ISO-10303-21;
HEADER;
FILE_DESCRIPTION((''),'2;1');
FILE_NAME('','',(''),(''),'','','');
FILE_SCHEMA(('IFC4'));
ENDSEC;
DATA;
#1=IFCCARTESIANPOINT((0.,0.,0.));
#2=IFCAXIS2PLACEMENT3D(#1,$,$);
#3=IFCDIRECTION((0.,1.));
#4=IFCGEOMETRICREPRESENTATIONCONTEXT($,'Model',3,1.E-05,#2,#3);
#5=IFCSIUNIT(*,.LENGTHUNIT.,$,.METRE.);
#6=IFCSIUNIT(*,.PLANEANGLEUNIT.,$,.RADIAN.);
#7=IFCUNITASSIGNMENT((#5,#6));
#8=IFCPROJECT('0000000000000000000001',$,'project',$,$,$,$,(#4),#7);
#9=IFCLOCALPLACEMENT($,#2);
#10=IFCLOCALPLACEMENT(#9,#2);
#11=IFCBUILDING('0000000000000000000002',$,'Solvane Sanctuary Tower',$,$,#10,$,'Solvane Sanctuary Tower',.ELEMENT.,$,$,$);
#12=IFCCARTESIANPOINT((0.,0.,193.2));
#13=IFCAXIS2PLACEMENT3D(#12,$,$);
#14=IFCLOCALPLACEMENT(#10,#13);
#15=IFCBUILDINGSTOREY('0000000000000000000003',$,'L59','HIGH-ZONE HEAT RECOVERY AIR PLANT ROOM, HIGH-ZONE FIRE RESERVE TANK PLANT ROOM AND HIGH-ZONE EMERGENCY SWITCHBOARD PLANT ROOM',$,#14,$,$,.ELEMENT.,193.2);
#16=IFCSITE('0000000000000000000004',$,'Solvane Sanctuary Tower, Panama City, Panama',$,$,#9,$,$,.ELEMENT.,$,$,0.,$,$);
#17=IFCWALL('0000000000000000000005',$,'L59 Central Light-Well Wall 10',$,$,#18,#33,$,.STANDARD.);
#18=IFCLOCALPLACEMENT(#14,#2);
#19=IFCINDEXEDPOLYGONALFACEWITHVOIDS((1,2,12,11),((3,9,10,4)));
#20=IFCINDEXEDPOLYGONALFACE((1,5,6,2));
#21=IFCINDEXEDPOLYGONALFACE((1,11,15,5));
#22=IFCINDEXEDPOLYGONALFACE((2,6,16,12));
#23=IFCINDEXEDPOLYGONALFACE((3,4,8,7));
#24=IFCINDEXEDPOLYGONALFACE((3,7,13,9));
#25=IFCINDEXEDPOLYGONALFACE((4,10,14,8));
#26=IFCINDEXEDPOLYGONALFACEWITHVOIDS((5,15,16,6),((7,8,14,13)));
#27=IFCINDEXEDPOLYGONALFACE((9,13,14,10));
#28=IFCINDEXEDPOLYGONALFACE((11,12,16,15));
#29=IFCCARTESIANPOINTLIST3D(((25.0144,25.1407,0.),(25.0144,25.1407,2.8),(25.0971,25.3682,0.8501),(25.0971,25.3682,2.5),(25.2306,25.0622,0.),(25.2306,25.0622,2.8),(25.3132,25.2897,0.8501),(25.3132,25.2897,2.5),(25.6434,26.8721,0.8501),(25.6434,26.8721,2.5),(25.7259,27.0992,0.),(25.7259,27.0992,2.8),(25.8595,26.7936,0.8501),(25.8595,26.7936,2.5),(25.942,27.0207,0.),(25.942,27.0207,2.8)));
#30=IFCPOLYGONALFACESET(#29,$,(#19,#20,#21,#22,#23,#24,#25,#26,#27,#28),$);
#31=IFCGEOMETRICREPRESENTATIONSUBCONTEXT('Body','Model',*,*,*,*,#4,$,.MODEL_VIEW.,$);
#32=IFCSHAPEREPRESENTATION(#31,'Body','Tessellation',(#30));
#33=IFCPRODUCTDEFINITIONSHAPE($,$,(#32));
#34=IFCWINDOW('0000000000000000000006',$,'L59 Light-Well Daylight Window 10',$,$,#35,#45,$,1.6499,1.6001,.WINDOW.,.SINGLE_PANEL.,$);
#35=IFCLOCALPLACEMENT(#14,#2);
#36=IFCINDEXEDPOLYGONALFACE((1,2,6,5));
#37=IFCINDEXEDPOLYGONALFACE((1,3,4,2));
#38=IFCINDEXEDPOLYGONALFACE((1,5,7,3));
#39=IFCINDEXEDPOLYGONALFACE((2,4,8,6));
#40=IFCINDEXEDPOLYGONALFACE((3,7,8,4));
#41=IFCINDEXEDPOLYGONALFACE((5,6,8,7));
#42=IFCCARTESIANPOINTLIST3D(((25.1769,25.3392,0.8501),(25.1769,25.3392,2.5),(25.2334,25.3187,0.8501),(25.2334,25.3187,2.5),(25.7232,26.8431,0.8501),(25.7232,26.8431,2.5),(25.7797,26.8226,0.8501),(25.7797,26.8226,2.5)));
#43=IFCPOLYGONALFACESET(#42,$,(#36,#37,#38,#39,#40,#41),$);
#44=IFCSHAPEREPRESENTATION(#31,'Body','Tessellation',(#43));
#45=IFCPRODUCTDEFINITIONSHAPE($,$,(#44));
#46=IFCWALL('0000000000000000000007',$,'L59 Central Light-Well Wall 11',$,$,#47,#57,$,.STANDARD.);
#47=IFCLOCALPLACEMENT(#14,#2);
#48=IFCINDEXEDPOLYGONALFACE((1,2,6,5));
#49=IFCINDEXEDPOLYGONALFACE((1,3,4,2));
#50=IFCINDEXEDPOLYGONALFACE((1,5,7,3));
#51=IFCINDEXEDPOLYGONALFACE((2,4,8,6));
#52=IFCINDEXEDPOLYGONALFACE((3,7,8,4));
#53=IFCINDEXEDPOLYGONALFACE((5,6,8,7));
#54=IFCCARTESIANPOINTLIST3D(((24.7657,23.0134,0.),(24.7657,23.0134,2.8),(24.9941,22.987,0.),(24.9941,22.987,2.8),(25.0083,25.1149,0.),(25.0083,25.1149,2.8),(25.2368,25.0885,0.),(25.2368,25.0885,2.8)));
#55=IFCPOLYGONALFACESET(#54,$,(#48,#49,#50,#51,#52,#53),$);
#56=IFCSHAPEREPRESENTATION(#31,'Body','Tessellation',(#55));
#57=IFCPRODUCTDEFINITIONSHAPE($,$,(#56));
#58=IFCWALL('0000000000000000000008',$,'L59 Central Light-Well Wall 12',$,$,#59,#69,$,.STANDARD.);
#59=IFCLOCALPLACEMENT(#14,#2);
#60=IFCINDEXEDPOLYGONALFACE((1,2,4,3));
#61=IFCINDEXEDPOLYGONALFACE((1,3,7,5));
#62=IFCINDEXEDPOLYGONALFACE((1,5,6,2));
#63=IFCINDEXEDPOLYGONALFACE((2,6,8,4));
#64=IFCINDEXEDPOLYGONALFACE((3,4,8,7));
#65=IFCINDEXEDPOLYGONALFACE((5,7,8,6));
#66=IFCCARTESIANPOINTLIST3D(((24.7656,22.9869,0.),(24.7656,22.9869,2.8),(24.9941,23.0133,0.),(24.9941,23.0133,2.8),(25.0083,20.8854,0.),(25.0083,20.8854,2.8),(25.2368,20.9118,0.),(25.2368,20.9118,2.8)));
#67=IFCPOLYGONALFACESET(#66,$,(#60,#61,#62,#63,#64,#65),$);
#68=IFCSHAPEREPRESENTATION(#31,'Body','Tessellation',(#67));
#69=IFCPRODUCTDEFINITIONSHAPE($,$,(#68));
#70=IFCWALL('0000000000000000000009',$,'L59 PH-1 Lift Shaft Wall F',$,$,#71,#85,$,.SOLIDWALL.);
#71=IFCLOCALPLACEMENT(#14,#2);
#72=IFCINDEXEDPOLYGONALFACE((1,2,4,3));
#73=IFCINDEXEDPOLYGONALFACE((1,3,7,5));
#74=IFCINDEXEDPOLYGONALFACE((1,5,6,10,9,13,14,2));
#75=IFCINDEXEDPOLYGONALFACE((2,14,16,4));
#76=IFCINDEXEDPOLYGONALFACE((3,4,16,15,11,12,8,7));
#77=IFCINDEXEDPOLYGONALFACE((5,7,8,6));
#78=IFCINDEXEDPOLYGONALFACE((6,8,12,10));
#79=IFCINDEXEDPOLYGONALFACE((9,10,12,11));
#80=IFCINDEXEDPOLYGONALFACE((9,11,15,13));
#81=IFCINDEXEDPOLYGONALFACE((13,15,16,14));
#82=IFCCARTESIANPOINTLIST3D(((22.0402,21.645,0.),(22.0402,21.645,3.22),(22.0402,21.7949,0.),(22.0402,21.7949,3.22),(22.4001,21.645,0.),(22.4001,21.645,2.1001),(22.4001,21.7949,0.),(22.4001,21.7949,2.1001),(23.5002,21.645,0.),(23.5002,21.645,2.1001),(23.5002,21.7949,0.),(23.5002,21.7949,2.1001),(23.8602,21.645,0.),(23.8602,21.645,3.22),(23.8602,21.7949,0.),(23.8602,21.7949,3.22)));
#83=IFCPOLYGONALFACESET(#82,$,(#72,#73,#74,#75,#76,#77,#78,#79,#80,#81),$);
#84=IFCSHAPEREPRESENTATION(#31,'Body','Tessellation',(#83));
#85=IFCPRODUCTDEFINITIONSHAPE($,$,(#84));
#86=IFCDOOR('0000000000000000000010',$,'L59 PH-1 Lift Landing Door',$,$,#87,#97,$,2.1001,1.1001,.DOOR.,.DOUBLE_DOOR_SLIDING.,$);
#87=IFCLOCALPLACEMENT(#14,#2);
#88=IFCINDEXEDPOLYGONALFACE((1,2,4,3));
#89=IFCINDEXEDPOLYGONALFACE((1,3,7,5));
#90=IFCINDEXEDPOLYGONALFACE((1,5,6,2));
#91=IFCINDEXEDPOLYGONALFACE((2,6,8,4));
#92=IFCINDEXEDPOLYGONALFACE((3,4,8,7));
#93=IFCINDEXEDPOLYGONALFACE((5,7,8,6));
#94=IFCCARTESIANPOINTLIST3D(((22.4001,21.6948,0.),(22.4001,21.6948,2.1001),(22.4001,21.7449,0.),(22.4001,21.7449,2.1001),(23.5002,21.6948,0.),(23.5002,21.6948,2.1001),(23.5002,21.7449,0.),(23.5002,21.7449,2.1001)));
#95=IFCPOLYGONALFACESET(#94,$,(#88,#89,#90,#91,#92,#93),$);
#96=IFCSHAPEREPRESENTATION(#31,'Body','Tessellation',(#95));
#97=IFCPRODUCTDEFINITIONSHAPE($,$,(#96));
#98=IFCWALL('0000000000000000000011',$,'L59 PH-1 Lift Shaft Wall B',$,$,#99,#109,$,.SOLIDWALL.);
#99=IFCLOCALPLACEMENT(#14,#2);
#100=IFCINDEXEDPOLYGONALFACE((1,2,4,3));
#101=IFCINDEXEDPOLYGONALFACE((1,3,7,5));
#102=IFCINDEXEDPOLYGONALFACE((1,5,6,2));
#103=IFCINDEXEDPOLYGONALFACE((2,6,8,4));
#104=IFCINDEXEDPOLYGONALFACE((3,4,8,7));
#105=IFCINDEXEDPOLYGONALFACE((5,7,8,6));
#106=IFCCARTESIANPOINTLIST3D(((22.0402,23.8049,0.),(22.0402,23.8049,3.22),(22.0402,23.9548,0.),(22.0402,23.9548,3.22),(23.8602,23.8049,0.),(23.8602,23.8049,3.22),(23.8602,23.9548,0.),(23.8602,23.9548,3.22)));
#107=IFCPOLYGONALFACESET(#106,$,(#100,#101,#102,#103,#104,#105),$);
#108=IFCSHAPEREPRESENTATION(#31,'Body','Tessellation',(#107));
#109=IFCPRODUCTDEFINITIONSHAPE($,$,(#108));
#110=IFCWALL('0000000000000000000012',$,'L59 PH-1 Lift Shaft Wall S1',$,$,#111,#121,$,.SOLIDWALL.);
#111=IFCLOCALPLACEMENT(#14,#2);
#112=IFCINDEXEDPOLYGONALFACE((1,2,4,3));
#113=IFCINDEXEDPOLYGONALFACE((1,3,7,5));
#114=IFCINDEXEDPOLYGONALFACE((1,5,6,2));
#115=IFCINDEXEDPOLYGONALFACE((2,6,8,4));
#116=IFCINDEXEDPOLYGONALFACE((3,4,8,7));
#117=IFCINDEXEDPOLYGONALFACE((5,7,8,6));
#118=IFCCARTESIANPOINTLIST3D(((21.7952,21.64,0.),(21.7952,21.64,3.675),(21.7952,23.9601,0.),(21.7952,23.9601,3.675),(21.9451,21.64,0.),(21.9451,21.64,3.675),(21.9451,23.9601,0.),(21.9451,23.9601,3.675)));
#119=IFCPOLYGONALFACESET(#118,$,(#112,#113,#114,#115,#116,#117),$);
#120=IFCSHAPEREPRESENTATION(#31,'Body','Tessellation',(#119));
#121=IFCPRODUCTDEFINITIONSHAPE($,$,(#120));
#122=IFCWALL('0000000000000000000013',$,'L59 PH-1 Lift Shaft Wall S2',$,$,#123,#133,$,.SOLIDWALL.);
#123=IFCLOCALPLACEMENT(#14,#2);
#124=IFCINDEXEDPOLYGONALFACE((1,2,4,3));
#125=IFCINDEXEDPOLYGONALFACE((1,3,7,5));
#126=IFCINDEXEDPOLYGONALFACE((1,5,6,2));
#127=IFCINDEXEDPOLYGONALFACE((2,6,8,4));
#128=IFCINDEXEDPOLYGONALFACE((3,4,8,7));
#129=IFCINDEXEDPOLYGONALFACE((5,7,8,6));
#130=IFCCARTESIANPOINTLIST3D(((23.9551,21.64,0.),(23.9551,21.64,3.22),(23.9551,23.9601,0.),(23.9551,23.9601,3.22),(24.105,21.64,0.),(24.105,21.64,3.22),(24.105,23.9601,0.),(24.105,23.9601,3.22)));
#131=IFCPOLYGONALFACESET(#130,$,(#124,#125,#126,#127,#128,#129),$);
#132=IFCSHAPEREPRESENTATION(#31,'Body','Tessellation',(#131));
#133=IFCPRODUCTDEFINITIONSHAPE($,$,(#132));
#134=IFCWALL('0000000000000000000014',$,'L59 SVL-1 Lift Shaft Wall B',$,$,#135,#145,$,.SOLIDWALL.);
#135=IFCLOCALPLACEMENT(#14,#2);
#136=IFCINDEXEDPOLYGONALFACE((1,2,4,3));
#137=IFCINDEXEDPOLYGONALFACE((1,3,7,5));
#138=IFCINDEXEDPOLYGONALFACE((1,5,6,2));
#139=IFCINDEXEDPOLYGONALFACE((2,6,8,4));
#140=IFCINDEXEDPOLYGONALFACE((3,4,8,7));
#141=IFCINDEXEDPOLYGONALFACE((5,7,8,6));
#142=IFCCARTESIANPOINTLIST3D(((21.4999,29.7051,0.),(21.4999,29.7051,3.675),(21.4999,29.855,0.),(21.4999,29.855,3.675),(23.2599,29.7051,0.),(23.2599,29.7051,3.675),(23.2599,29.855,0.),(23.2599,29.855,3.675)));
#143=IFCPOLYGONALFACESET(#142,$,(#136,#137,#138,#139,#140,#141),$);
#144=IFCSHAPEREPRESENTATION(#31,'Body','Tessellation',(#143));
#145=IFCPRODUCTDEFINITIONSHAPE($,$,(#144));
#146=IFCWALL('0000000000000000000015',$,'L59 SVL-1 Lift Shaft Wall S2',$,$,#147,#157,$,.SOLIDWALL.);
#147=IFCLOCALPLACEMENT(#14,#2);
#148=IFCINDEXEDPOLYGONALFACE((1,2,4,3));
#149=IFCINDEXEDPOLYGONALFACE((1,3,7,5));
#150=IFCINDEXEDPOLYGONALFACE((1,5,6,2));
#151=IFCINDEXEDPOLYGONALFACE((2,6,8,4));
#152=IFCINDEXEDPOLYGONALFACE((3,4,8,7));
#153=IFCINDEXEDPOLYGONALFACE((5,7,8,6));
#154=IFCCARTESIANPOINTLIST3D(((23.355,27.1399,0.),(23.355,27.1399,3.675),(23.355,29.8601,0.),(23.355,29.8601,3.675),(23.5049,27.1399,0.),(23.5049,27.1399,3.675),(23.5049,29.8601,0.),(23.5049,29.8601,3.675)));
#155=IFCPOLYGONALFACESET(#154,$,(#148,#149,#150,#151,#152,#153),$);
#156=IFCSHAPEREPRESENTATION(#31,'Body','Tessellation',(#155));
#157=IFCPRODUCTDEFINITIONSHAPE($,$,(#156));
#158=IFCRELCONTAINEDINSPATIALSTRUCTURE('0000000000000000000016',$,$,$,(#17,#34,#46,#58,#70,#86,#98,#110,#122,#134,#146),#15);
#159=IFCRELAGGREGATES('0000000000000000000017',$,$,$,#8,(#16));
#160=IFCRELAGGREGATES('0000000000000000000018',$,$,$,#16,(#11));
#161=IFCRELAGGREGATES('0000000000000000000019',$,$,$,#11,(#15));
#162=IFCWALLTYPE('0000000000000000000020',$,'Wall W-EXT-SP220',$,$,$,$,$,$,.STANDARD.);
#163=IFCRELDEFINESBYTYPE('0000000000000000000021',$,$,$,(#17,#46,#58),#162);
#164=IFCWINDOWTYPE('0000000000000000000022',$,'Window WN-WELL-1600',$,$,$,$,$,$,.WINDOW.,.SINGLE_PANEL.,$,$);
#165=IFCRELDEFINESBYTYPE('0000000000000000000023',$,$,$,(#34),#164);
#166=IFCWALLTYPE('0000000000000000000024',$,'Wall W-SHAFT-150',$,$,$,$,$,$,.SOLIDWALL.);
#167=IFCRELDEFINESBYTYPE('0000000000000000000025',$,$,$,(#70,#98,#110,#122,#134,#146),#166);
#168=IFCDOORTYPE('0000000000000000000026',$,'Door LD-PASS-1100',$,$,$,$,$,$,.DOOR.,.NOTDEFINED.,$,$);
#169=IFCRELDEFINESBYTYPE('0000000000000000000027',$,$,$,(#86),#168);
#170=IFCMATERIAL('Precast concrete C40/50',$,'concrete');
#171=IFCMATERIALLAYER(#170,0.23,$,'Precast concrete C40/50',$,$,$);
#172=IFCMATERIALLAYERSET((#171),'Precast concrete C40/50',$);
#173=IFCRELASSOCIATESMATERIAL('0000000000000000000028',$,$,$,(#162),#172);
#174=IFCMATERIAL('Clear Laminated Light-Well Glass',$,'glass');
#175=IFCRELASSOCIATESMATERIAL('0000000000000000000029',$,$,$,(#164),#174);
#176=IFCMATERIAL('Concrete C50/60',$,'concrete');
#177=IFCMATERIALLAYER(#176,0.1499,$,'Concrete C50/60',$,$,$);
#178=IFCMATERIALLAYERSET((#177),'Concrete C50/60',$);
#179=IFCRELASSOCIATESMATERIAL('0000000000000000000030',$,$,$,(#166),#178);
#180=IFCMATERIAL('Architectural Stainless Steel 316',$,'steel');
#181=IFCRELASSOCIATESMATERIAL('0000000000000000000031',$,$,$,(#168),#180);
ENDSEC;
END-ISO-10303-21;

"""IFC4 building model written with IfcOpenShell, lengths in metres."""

from ifc_helpers import new_model, si_unit, direction, frame, frame_2d, origin, place, context, subcontext, project, spatial, rectangle, extrude, material, layer, layer_set, type_object, element, fill, save


model = new_model("IFC4")

# Units and contexts
model_context = context("Model", 3, precision=1e-05, world=origin(), true_north=direction((0.0, 1.0)))
body_context = subcontext(model_context, "Body", "Model", "MODEL_VIEW")
ifc_project = project(units=[si_unit("LENGTHUNIT", "METRE"), si_unit("PLANEANGLEUNIT", "RADIAN")], contexts=[model_context])

# Site, building, storey
site_placement = place(None, origin())
site = spatial("IfcSite", under=ifc_project, at=site_placement, Name="Solvane Sanctuary Tower, Panama City, Panama", CompositionType="ELEMENT", RefElevation=0.0)
building_placement = place(site_placement, origin())
building = spatial("IfcBuilding", under=site, at=building_placement, Name="Solvane Sanctuary Tower", LongName="Solvane Sanctuary Tower", CompositionType="ELEMENT")
storey_placement = place(building_placement, frame((0.0, 0.0, 193.2)))
storey = spatial("IfcBuildingStorey", under=building, at=storey_placement, Name="L59", Description="HIGH-ZONE HEAT RECOVERY AIR PLANT ROOM, HIGH-ZONE FIRE RESERVE TANK PLANT ROOM AND HIGH-ZONE EMERGENCY SWITCHBOARD PLANT ROOM", CompositionType="ELEMENT", Elevation=193.2)

# Shared definitions
ifc_material_1 = material(Name="Concrete C50/60", Category="concrete")

# Shared definitions
ifc_material_2 = material(Name="Architectural Stainless Steel 316", Category="steel")

# Shared definitions
ifc_material_3 = material(Name="Precast concrete C40/50", Category="concrete")
ifc_layer_1 = layer(ifc_material_3, 0.23, Name="Precast concrete C40/50")
ifc_layer_set_1 = layer_set([ifc_layer_1], Name="Precast concrete C40/50")
wall_type_1 = type_object("IfcWallType", Name="Wall W-EXT-SP220", PredefinedType="STANDARD", material=ifc_layer_set_1)

# Wall, opening, window
wall_1_placement = place(storey_placement, frame((25.834, 27.0601, 0.0), z_axis=(0.0, 0.0, 1.0), x_axis=(-0.341423, -0.93991, 0.0)))
wall_1 = element("IfcWall", 1, at=wall_1_placement, inside=storey, type_object=wall_type_1, Name="L59 Central Light-Well Wall 10", PredefinedType="STANDARD", context=body_context, shape_type="SweptSolid", body=[
    extrude(rectangle(XDim=2.0837, YDim=0.23, at=frame_2d((1.042, 0.0))), origin(), (0.0, 0.0, 1.0), 2.8),
])
opening_1_placement = place(wall_1_placement, frame((0.2417, 0.0, 0.8501)))
opening_1 = element("IfcOpeningElement", 2, at=opening_1_placement, cuts=wall_1, PredefinedType="OPENING", context=body_context, shape_type="SweptSolid", body=[
    extrude(rectangle(XDim=1.6001, YDim=1.6499, at=frame_2d((0.8, 0.825))), frame((0.0, 0.125, 0.0), z_axis=(0.0, -1.0, 0.0), x_axis=(1.0, 0.0, 0.0)), (0.0, 0.0, 1.0), 0.25),
])
ifc_material_4 = material(Name="Clear Laminated Light-Well Glass", Category="glass")
window_type = type_object("IfcWindowType", Name="Window WN-WELL-1600", PartitioningType="SINGLE_PANEL", PredefinedType="WINDOW", material=ifc_material_4)
window_placement = place(opening_1_placement, origin())
window = element("IfcWindow", 3, at=window_placement, inside=storey, type_object=window_type, Name="L59 Light-Well Daylight Window 10", OverallHeight=1.6499, OverallWidth=1.6001, PartitioningType="SINGLE_PANEL", PredefinedType="WINDOW", context=body_context, shape_type="SweptSolid", body=[
    extrude(rectangle(XDim=1.6001, YDim=1.6499, at=frame_2d((0.8, 0.825))), frame((0.0, 0.03, 0.0), z_axis=(0.0, -1.0, 0.0), x_axis=(1.0, 0.0, 0.0)), (0.0, 0.0, 1.0), 0.0601),
])
fill(opening_1, window)

# Walls
for number, where, z_axis, x_axis, name in (
    (4, (25.1226, 25.1016, 0.0), (0.0, 0.0, 1.0), (-0.114712, -0.993399, 0.0), "L59 Central Light-Well Wall 11"),
    (5, (24.8799, 23.0, 0.0), (0.0, 0.0, 1.0), (0.114712, -0.993399, 0.0), "L59 Central Light-Well Wall 12"),
):
    element("IfcWall", number, at=place(storey_placement, frame(where, z_axis=z_axis, x_axis=x_axis)), inside=storey, type_object=wall_type_1, Name=name, PredefinedType="STANDARD", context=body_context, shape_type="SweptSolid", body=[
        extrude(rectangle(XDim=2.1155, YDim=0.23, at=frame_2d((1.0576, 0.0))), origin(), (0.0, 0.0, 1.0), 2.8),
    ])

# Wall, opening, door
ifc_layer_2 = layer(ifc_material_1, 0.1499, Name="Concrete C50/60")
ifc_layer_set_2 = layer_set([ifc_layer_2], Name="Concrete C50/60")
wall_type_2 = type_object("IfcWallType", Name="Wall W-SHAFT-150", PredefinedType="SOLIDWALL", material=ifc_layer_set_2)
wall_2_placement = place(storey_placement, frame((22.04, 21.72, 0.0), z_axis=(0.0, 0.0, 1.0), x_axis=(1.0, 0.0, 0.0)))
wall_2 = element("IfcWall", 6, at=wall_2_placement, inside=storey, type_object=wall_type_2, Name="L59 PH-1 Lift Shaft Wall F", PredefinedType="SOLIDWALL", context=body_context, shape_type="SweptSolid", body=[
    extrude(rectangle(XDim=1.8201, YDim=0.1499, at=frame_2d((0.9102, 0.0))), origin(), (0.0, 0.0, 1.0), 3.22),
])
opening_2_placement = place(wall_2_placement, frame((0.3601, 0.0, 0.0)))
opening_2 = element("IfcOpeningElement", 7, at=opening_2_placement, cuts=wall_2, PredefinedType="OPENING", context=body_context, shape_type="SweptSolid", body=[
    extrude(rectangle(XDim=1.1001, YDim=2.1001, at=frame_2d((0.55, 1.05))), frame((0.0, 0.085, 0.0), z_axis=(0.0, -1.0, 0.0), x_axis=(1.0, 0.0, 0.0)), (0.0, 0.0, 1.0), 0.1699),
])
door_type_1 = type_object("IfcDoorType", Name="Door LD-PASS-1100", OperationType="NOTDEFINED", PredefinedType="DOOR", material=ifc_material_2)
door_1_placement = place(opening_2_placement, origin())
door_1 = element("IfcDoor", 8, at=door_1_placement, inside=storey, type_object=door_type_1, Name="L59 PH-1 Lift Landing Door", OperationType="DOUBLE_DOOR_SLIDING", OverallHeight=2.1001, OverallWidth=1.1001, PredefinedType="DOOR", context=body_context, shape_type="SweptSolid", body=[
    extrude(rectangle(XDim=1.1001, YDim=2.1001, at=frame_2d((0.55, 1.05))), frame((0.0, 0.0249, 0.0), z_axis=(0.0, -1.0, 0.0), x_axis=(1.0, 0.0, 0.0)), (0.0, 0.0, 1.0), 0.05),
])
fill(opening_2, door_1)

# Walls
wall_3_placement = place(storey_placement, frame((22.04, 23.8799, 0.0), z_axis=(0.0, 0.0, 1.0), x_axis=(1.0, 0.0, 0.0)))
element("IfcWall", 9, at=wall_3_placement, inside=storey, type_object=wall_type_2, Name="L59 PH-1 Lift Shaft Wall B", PredefinedType="SOLIDWALL", context=body_context, shape_type="SweptSolid", body=[
    extrude(rectangle(XDim=1.8201, YDim=0.1499, at=frame_2d((0.9102, 0.0))), origin(), (0.0, 0.0, 1.0), 3.22),
])
wall_4_placement = place(storey_placement, frame((21.8701, 21.6399, 0.0), z_axis=(0.0, 0.0, 1.0), x_axis=(0.0, 1.0, 0.0)))
element("IfcWall", 10, at=wall_4_placement, inside=storey, type_object=wall_type_2, Name="L59 PH-1 Lift Shaft Wall S1", PredefinedType="SOLIDWALL", context=body_context, shape_type="SweptSolid", body=[
    extrude(rectangle(XDim=2.3201, YDim=0.1499, at=frame_2d((1.1602, 0.0))), origin(), (0.0, 0.0, 1.0), 3.675),
])
wall_5_placement = place(storey_placement, frame((24.03, 21.6399, 0.0), z_axis=(0.0, 0.0, 1.0), x_axis=(0.0, 1.0, 0.0)))
element("IfcWall", 11, at=wall_5_placement, inside=storey, type_object=wall_type_2, Name="L59 PH-1 Lift Shaft Wall S2", PredefinedType="SOLIDWALL", context=body_context, shape_type="SweptSolid", body=[
    extrude(rectangle(XDim=2.3201, YDim=0.1499, at=frame_2d((1.1602, 0.0))), origin(), (0.0, 0.0, 1.0), 3.22),
])
wall_6_placement = place(storey_placement, frame((21.5, 29.78, 0.0), z_axis=(0.0, 0.0, 1.0), x_axis=(1.0, 0.0, 0.0)))
element("IfcWall", 12, at=wall_6_placement, inside=storey, type_object=wall_type_2, Name="L59 SVL-1 Lift Shaft Wall B", PredefinedType="SOLIDWALL", context=body_context, shape_type="SweptSolid", body=[
    extrude(rectangle(XDim=1.76, YDim=0.1499, at=frame_2d((0.8799, 0.0))), origin(), (0.0, 0.0, 1.0), 3.675),
])
wall_7_placement = place(storey_placement, frame((23.4299, 27.1399, 0.0), z_axis=(0.0, 0.0, 1.0), x_axis=(0.0, 1.0, 0.0)))
element("IfcWall", 13, at=wall_7_placement, inside=storey, type_object=wall_type_2, Name="L59 SVL-1 Lift Shaft Wall S2", PredefinedType="SOLIDWALL", context=body_context, shape_type="SweptSolid", body=[
    extrude(rectangle(XDim=2.7202, YDim=0.1499, at=frame_2d((1.3601, 0.0))), origin(), (0.0, 0.0, 1.0), 3.675),
])

save(model, "model.ifc")
